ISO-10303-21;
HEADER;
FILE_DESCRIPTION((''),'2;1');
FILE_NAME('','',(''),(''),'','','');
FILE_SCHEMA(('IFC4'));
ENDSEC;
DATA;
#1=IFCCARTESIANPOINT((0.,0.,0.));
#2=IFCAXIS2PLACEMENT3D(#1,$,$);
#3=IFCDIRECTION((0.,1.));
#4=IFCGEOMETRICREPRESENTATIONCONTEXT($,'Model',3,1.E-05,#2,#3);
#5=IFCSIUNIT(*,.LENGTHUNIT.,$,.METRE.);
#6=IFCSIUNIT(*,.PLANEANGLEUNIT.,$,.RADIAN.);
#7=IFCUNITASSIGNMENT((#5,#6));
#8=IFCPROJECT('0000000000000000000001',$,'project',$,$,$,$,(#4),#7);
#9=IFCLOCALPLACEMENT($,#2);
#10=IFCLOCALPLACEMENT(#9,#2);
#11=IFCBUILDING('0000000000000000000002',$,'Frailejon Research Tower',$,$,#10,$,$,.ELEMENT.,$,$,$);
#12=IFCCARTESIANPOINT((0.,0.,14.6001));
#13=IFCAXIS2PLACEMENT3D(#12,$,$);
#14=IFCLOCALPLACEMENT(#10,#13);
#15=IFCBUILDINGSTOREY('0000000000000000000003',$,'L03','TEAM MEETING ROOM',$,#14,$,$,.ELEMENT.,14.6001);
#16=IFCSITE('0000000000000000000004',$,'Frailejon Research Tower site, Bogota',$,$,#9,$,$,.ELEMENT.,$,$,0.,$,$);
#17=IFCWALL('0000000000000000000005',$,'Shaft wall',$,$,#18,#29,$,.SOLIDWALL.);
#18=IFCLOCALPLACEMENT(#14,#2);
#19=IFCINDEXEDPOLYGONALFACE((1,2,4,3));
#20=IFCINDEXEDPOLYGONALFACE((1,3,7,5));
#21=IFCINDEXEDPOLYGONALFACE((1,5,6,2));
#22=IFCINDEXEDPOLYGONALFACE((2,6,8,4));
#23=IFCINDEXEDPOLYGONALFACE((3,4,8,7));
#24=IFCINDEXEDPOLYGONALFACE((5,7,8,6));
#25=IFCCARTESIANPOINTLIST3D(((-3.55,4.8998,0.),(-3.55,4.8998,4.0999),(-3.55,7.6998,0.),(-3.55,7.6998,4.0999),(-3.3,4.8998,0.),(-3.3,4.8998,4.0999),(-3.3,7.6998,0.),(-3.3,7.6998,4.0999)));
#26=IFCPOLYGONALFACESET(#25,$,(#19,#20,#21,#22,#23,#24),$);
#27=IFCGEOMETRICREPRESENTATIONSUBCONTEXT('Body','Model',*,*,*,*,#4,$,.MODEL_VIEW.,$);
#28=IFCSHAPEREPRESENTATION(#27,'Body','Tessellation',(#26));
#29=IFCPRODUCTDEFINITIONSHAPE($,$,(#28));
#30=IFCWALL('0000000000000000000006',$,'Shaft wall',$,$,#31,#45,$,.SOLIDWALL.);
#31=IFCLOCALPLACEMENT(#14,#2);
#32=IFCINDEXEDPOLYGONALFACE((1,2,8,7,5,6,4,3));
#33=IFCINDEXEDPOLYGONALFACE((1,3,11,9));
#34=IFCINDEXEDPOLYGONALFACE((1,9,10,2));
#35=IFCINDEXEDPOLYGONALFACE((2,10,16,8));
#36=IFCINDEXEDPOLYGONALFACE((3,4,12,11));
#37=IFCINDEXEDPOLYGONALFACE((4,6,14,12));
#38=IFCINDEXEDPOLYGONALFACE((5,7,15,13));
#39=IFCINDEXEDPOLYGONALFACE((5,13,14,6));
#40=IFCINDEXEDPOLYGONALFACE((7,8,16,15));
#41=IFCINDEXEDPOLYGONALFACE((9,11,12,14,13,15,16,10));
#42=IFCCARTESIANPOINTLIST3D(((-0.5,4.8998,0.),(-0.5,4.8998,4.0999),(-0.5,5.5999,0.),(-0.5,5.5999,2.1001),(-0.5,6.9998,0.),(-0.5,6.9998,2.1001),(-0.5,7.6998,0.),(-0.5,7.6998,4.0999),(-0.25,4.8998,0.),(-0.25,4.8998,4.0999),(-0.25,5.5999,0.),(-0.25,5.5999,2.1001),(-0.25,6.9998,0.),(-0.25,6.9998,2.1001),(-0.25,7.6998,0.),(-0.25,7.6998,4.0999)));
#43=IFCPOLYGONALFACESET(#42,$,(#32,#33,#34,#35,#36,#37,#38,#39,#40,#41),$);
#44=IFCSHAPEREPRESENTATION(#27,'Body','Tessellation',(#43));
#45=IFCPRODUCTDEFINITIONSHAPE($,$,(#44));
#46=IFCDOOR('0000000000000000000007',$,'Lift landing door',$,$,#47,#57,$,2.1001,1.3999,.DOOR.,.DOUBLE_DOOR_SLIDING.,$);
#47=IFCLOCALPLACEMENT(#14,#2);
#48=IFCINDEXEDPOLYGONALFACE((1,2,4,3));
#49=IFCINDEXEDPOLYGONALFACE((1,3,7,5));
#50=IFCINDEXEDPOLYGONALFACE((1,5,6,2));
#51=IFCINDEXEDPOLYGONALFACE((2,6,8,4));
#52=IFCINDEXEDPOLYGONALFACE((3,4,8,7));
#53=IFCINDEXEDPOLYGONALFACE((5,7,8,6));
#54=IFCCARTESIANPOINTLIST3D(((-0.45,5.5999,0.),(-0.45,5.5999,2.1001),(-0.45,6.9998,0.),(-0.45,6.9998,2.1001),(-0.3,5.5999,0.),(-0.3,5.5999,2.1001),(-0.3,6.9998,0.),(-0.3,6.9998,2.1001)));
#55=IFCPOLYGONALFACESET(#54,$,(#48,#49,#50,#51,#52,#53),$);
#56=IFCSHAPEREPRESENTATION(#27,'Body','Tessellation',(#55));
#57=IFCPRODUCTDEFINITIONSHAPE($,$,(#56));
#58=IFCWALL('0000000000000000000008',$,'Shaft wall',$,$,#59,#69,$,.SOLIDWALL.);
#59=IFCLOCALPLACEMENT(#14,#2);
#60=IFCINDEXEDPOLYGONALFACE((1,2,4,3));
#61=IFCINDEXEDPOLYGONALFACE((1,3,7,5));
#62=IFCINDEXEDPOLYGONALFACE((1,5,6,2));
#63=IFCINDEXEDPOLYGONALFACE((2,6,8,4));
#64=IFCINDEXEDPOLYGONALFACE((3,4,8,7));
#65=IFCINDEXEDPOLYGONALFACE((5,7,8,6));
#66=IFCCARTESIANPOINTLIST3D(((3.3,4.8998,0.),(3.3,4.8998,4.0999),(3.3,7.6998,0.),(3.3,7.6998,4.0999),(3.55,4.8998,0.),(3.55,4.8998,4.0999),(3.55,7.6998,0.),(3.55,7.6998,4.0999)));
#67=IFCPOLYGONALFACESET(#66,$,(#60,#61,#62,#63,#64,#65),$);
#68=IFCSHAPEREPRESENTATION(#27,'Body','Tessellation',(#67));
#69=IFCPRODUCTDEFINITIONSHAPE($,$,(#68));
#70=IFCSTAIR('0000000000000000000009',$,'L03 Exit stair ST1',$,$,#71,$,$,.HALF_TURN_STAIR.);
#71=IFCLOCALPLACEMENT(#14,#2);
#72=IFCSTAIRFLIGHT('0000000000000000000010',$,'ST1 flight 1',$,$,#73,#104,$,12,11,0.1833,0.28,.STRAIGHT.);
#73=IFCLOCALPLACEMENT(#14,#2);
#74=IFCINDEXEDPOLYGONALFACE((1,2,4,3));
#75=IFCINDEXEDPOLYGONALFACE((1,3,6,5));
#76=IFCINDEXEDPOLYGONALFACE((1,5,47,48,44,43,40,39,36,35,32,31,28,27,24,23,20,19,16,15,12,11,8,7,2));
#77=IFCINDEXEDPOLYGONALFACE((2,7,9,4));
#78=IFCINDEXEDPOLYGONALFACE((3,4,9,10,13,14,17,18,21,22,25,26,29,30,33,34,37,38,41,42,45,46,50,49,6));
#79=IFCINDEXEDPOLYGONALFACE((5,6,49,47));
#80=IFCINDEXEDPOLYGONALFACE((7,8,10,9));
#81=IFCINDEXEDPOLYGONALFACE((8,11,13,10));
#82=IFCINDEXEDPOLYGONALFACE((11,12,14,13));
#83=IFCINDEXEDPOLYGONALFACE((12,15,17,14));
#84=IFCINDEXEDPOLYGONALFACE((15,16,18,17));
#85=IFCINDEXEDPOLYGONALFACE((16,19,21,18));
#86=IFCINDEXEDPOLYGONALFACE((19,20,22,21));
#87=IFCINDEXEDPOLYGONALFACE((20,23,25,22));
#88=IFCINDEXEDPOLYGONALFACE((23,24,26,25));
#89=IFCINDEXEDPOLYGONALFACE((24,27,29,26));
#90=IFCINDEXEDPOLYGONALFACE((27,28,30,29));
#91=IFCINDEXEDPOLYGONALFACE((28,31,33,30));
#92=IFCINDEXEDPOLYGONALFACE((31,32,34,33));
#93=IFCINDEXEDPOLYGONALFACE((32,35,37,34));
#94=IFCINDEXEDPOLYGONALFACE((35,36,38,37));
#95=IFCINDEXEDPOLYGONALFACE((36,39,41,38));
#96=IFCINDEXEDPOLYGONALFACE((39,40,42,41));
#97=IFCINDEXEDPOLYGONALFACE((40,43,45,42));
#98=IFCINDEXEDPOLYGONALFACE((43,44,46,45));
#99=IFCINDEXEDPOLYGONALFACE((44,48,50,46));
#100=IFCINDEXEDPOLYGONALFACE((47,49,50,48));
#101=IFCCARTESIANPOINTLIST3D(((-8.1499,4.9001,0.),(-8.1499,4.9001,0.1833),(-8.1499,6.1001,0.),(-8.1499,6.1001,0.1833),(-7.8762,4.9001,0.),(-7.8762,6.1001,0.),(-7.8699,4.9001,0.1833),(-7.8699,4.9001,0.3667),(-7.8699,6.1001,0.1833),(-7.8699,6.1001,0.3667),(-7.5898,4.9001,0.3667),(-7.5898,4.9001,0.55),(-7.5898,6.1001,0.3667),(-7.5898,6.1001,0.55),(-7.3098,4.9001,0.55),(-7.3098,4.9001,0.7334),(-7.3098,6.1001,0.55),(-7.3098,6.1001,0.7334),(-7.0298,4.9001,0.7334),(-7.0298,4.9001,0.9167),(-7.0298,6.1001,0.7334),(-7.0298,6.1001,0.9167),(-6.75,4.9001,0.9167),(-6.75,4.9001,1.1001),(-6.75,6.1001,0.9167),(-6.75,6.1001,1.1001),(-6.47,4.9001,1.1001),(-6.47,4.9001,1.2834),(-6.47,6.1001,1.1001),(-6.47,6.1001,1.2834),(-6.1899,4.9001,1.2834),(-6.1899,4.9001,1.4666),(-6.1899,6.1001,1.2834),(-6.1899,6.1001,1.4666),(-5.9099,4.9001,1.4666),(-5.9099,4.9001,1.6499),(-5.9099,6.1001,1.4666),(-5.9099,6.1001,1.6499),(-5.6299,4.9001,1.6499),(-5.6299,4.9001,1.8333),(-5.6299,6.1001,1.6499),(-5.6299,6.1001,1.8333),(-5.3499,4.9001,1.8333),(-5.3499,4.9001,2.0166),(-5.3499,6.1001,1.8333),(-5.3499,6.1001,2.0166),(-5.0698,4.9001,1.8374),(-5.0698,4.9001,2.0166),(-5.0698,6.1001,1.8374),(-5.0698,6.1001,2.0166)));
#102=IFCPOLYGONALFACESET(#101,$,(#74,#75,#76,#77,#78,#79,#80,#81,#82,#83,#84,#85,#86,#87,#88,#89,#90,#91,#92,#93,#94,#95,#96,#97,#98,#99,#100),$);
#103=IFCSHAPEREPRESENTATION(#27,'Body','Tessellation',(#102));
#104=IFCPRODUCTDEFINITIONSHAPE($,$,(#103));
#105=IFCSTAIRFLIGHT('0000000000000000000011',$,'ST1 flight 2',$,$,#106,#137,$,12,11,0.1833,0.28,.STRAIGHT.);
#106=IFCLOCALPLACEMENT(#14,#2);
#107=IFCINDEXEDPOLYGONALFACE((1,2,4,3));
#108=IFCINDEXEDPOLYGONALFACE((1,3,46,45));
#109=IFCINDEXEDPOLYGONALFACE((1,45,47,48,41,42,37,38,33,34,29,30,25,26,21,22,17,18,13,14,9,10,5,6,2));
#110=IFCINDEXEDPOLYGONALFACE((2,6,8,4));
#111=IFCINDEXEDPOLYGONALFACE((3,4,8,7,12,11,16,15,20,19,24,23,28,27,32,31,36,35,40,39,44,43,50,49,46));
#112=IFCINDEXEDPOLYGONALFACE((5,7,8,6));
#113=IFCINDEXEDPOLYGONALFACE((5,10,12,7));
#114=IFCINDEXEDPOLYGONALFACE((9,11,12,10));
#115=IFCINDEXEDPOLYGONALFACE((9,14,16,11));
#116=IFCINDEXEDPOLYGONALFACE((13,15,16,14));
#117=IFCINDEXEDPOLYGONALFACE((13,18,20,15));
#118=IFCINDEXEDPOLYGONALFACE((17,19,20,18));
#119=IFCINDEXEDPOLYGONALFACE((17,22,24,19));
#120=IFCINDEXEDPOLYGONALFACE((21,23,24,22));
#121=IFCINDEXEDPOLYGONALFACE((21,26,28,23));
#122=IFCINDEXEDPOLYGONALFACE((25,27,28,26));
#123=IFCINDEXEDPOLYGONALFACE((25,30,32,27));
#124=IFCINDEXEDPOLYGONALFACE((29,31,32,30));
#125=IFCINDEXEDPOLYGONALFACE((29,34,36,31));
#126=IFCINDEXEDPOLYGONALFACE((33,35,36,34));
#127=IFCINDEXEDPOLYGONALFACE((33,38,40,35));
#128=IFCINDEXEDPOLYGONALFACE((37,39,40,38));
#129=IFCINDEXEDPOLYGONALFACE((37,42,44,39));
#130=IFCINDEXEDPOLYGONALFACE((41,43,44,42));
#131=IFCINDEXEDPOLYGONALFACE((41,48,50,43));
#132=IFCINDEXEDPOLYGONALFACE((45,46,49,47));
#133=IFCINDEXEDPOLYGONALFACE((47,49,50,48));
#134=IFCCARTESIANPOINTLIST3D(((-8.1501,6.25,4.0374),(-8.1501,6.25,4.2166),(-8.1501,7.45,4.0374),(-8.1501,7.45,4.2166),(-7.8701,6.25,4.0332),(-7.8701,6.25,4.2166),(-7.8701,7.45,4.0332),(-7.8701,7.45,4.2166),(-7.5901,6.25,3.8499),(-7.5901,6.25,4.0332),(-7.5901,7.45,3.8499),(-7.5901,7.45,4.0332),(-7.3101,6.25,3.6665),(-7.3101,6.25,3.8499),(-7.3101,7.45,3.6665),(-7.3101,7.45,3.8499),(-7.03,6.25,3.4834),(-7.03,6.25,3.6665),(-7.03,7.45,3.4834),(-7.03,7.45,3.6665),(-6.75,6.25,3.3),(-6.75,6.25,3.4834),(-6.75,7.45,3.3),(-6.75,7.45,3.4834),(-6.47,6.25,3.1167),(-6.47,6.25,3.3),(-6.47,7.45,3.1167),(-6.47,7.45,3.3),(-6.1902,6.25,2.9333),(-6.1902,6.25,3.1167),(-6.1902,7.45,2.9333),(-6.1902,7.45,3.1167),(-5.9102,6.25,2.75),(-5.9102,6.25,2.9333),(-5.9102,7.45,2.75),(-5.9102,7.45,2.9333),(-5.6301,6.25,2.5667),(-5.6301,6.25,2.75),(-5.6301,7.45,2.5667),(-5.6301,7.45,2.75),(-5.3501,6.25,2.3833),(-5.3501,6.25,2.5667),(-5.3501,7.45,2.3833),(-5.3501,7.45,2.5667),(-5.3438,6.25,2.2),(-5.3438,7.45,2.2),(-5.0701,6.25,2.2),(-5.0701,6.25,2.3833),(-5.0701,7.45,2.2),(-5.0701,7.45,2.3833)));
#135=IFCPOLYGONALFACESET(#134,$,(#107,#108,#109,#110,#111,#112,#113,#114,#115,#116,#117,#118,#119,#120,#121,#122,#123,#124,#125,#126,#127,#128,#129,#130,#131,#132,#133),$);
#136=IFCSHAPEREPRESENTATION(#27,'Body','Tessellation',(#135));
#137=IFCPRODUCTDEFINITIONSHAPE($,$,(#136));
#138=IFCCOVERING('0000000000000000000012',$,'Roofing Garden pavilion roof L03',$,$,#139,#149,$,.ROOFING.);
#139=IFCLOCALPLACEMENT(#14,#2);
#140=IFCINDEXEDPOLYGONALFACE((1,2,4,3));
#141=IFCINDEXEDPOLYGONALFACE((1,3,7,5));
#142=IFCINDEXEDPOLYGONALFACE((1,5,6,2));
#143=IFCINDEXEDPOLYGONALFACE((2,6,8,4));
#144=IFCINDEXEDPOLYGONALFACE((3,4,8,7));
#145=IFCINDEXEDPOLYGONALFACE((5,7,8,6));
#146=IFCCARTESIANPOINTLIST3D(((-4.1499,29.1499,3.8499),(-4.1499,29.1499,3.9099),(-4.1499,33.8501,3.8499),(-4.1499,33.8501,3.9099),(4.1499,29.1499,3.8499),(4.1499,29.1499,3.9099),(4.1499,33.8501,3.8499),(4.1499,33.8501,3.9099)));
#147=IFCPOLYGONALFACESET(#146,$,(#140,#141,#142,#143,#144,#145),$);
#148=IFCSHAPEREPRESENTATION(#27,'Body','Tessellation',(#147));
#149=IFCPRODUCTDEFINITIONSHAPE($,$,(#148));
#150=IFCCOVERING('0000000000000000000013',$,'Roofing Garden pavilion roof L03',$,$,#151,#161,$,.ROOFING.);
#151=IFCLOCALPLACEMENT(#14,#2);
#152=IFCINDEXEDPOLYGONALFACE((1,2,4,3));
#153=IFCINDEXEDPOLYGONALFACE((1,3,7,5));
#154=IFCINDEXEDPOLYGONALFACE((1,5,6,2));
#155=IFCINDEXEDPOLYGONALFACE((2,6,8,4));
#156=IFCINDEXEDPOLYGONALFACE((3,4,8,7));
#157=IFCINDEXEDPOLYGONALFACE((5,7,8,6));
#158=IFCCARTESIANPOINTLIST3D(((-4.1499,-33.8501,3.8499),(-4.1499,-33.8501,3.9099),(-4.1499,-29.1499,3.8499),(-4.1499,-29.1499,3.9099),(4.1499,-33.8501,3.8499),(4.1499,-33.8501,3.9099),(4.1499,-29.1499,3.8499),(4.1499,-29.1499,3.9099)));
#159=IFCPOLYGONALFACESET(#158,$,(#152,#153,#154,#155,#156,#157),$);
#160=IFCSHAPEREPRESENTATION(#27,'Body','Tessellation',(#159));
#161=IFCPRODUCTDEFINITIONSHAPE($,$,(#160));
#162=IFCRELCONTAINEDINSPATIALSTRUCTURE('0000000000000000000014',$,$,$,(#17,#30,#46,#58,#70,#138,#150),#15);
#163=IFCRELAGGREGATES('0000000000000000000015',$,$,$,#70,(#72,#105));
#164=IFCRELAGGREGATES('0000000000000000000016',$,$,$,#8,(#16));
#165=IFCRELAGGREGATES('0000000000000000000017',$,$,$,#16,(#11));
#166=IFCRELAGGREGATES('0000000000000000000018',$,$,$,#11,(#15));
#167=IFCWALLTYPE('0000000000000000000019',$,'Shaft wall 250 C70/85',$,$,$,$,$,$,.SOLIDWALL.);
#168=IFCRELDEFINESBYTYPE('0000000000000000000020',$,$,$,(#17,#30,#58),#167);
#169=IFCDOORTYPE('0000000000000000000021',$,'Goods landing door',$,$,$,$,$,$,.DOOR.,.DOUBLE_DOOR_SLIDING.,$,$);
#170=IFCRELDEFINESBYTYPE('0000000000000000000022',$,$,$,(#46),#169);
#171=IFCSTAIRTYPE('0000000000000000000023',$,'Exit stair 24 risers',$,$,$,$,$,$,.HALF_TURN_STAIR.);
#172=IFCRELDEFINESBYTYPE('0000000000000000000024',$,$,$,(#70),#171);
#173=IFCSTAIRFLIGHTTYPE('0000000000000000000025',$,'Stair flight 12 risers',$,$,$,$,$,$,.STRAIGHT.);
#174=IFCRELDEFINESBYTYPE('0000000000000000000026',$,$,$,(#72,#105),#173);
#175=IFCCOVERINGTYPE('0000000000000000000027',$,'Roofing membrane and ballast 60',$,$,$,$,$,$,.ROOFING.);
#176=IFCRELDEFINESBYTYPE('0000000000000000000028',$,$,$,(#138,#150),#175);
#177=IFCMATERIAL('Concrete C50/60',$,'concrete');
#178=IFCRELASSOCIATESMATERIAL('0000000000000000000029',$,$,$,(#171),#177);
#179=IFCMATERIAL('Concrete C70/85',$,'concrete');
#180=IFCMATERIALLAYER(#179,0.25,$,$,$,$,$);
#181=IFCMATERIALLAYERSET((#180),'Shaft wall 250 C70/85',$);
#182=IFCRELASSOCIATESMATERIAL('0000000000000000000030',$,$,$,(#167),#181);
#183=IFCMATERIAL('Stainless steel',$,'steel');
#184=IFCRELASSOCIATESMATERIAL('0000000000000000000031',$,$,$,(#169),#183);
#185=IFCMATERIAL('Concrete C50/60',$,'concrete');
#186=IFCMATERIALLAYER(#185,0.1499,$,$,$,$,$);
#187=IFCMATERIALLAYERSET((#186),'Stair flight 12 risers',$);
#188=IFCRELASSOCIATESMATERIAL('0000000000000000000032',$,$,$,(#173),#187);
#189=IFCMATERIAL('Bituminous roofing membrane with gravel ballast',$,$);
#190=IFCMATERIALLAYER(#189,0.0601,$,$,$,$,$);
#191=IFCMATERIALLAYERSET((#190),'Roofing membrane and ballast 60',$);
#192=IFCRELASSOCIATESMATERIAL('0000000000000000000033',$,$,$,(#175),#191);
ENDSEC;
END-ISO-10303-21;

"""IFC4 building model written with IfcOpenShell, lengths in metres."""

from ifc_helpers import new_model, si_unit, direction, frame, frame_2d, origin, place, context, subcontext, project, spatial, polyline, rectangle, outline, extrude, material, layer, layer_set, type_object, element, fill, aggregate, save


model = new_model("IFC4")

# Units and contexts
model_context = context("Model", 3, precision=1e-05, world=origin(), true_north=direction((0.0, 1.0)))
body_context = subcontext(model_context, "Body", "Model", "MODEL_VIEW")
ifc_project = project(units=[si_unit("LENGTHUNIT", "METRE"), si_unit("PLANEANGLEUNIT", "RADIAN")], contexts=[model_context])

# Site, building, storey
site_placement = place(None, origin())
site = spatial("IfcSite", under=ifc_project, at=site_placement, Name="Frailejon Research Tower site, Bogota", CompositionType="ELEMENT", RefElevation=0.0)
building_placement = place(site_placement, origin())
building = spatial("IfcBuilding", under=site, at=building_placement, Name="Frailejon Research Tower", CompositionType="ELEMENT")
storey_placement = place(building_placement, frame((0.0, 0.0, 14.6001)))
storey = spatial("IfcBuildingStorey", under=building, at=storey_placement, Name="L03", Description="TEAM MEETING ROOM", CompositionType="ELEMENT", Elevation=14.6001)

# Shared definitions
ifc_material_1 = material(Name="Concrete C50/60", Category="concrete")
stair_type = type_object("IfcStairType", Name="Exit stair 24 risers", PredefinedType="HALF_TURN_STAIR", material=ifc_material_1)

# Shared definitions
ifc_material_2 = material(Name="Concrete C70/85", Category="concrete")
ifc_layer_1 = layer(ifc_material_2, 0.25)
ifc_layer_set_1 = layer_set([ifc_layer_1], Name="Shaft wall 250 C70/85")
wall_type_1 = type_object("IfcWallType", Name="Shaft wall 250 C70/85", PredefinedType="SOLIDWALL", material=ifc_layer_set_1)

# Wall
wall_1_placement = place(storey_placement, frame((-3.425, 4.8999, 0.0), z_axis=(0.0, 0.0, 1.0), x_axis=(0.0, 1.0, 0.0)))
element("IfcWall", 1, at=wall_1_placement, inside=storey, type_object=wall_type_1, Name="Shaft wall", PredefinedType="SOLIDWALL", context=body_context, shape_type="SweptSolid", body=[
    extrude(rectangle(XDim=2.8, YDim=0.25, at=frame_2d((1.3999, 0.0))), origin(), (0.0, 0.0, 1.0), 4.0999),
])

# Wall, opening, door
wall_2_placement = place(storey_placement, frame((-0.375, 4.8999, 0.0), z_axis=(0.0, 0.0, 1.0), x_axis=(0.0, 1.0, 0.0)))
wall_2 = element("IfcWall", 2, at=wall_2_placement, inside=storey, type_object=wall_type_1, Name="Shaft wall", PredefinedType="SOLIDWALL", context=body_context, shape_type="SweptSolid", body=[
    extrude(rectangle(XDim=2.8, YDim=0.25, at=frame_2d((1.3999, 0.0))), origin(), (0.0, 0.0, 1.0), 4.0999),
])
opening_1_placement = place(wall_2_placement, frame((0.7, 0.0, 0.0)))
opening_1 = element("IfcOpeningElement", 3, at=opening_1_placement, cuts=wall_2, PredefinedType="OPENING", context=body_context, shape_type="SweptSolid", body=[
    extrude(rectangle(XDim=1.3999, YDim=2.1001, at=frame_2d((0.7, 1.05))), frame((0.0, 0.135, 0.0), z_axis=(0.0, -1.0, 0.0), x_axis=(1.0, 0.0, 0.0)), (0.0, 0.0, 1.0), 0.27),
])
ifc_material_3 = material(Name="Stainless steel", Category="steel")
door_type_1 = type_object("IfcDoorType", Name="Goods landing door", OperationType="DOUBLE_DOOR_SLIDING", PredefinedType="DOOR", material=ifc_material_3)
door_1_placement = place(opening_1_placement, origin())
door_1 = element("IfcDoor", 4, at=door_1_placement, inside=storey, type_object=door_type_1, Name="Lift landing door", OperationType="DOUBLE_DOOR_SLIDING", OverallHeight=2.1001, OverallWidth=1.3999, PredefinedType="DOOR", context=body_context, shape_type="SweptSolid", body=[
    extrude(rectangle(XDim=1.3999, YDim=2.1001, at=frame_2d((0.7, 1.05))), frame((0.0, 0.075, 0.0), z_axis=(0.0, -1.0, 0.0), x_axis=(1.0, 0.0, 0.0)), (0.0, 0.0, 1.0), 0.1499),
])
fill(opening_1, door_1)

# Wall
wall_3_placement = place(storey_placement, frame((3.425, 4.8999, 0.0), z_axis=(0.0, 0.0, 1.0), x_axis=(0.0, 1.0, 0.0)))
element("IfcWall", 5, at=wall_3_placement, inside=storey, type_object=wall_type_1, Name="Shaft wall", PredefinedType="SOLIDWALL", context=body_context, shape_type="SweptSolid", body=[
    extrude(rectangle(XDim=2.8, YDim=0.25, at=frame_2d((1.3999, 0.0))), origin(), (0.0, 0.0, 1.0), 4.0999),
])

# Stair, stair flights
stair_1_placement = place(storey_placement, origin())
stair_1 = element("IfcStair", 6, at=stair_1_placement, inside=storey, type_object=stair_type, Name="L03 Exit stair ST1", PredefinedType="HALF_TURN_STAIR")
ifc_material_4 = material(Name="Concrete C50/60", Category="concrete")
ifc_layer_2 = layer(ifc_material_4, 0.1499)
ifc_layer_set_2 = layer_set([ifc_layer_2], Name="Stair flight 12 risers")
stair_flight_type = type_object("IfcStairFlightType", Name="Stair flight 12 risers", PredefinedType="STRAIGHT", material=ifc_layer_set_2)
stair_flight_1_placement = place(storey_placement, frame((-8.1499, 5.5, 0.0), z_axis=(0.0, 0.0, 1.0), x_axis=(1.0, 0.0, 0.0)))
stair_flight_1 = element("IfcStairFlight", 7, at=stair_flight_1_placement, type_object=stair_flight_type, Name="ST1 flight 1", NumberOfRisers=12, NumberOfTreads=11, PredefinedType="STRAIGHT", RiserHeight=0.1833, TreadLength=0.28, context=body_context, shape_type="SweptSolid", body=[
    extrude(outline(polyline([(0.0, 0.0), (0.0, 0.1833), (0.28, 0.1833), (0.28, 0.3667), (0.5601, 0.3667), (0.5601, 0.55), (0.8401, 0.55), (0.8401, 0.7334), (1.1201, 0.7334), (1.1201, 0.9167), (1.3999, 0.9167), (1.3999, 1.1001), (1.6799, 1.1001), (1.6799, 1.2834), (1.96, 1.2834), (1.96, 1.4666), (2.24, 1.4666), (2.24, 1.6499), (2.52, 1.6499), (2.52, 1.8333), (2.8, 1.8333), (2.8, 2.0166), (3.0801, 2.0166), (3.0801, 2.2), (3.0801, 1.8374), (0.2737, 0.0), (0.0, 0.0)])), frame((0.0, 0.6001, 0.0), z_axis=(0.0, -1.0, 0.0), x_axis=(1.0, 0.0, 0.0)), (0.0, 0.0, 1.0), 1.2),
])
stair_flight_2_placement = place(storey_placement, frame((-5.0701, 6.8501, 2.2), z_axis=(0.0, 0.0, 1.0), x_axis=(-1.0, 0.0, 0.0)))
stair_flight_2 = element("IfcStairFlight", 8, at=stair_flight_2_placement, type_object=stair_flight_type, Name="ST1 flight 2", NumberOfRisers=12, NumberOfTreads=11, PredefinedType="STRAIGHT", RiserHeight=0.1833, TreadLength=0.28, context=body_context, shape_type="SweptSolid", body=[
    extrude(outline(polyline([(0.0, 0.0), (0.0, 0.1833), (0.28, 0.1833), (0.28, 0.3667), (0.5601, 0.3667), (0.5601, 0.55), (0.8401, 0.55), (0.8401, 0.7334), (1.1201, 0.7334), (1.1201, 0.9167), (1.3999, 0.9167), (1.3999, 1.1001), (1.6799, 1.1001), (1.6799, 1.2834), (1.96, 1.2834), (1.96, 1.4666), (2.24, 1.4666), (2.24, 1.6499), (2.52, 1.6499), (2.52, 1.8333), (2.8, 1.8333), (2.8, 2.0166), (3.0801, 2.0166), (3.0801, 2.2), (3.0801, 1.8374), (0.2737, 0.0), (0.0, 0.0)])), frame((0.0, 0.6001, 0.0), z_axis=(0.0, -1.0, 0.0), x_axis=(1.0, 0.0, 0.0)), (0.0, 0.0, 1.0), 1.2),
])
aggregate(stair_1, [stair_flight_1, stair_flight_2])

# Coverings
ifc_material_5 = material(Name="Bituminous roofing membrane with gravel ballast")
ifc_layer_3 = layer(ifc_material_5, 0.0601)
ifc_layer_set_3 = layer_set([ifc_layer_3], Name="Roofing membrane and ballast 60")
covering_type = type_object("IfcCoveringType", Name="Roofing membrane and ballast 60", PredefinedType="ROOFING", material=ifc_layer_set_3)
covering_1_placement = place(storey_placement, frame((0.0, 0.0, 3.8499)))
element("IfcCovering", 9, at=covering_1_placement, inside=storey, type_object=covering_type, Name="Roofing Garden pavilion roof L03", PredefinedType="ROOFING", context=body_context, shape_type="SweptSolid", body=[
    extrude(outline(polyline([(4.1499, 29.1499), (4.1499, 33.8501), (-4.1499, 33.8501), (-4.1499, 29.1499), (4.1499, 29.1499)])), origin(), (0.0, 0.0, 1.0), 0.0601),
])
covering_2_placement = place(storey_placement, frame((0.0, 0.0, 3.8499)))
element("IfcCovering", 10, at=covering_2_placement, inside=storey, type_object=covering_type, Name="Roofing Garden pavilion roof L03", PredefinedType="ROOFING", context=body_context, shape_type="SweptSolid", body=[
    extrude(outline(polyline([(-4.1499, -29.1499), (-4.1499, -33.8501), (4.1499, -33.8501), (4.1499, -29.1499), (-4.1499, -29.1499)])), origin(), (0.0, 0.0, 1.0), 0.0601),
])

save(model, "model.ifc")
